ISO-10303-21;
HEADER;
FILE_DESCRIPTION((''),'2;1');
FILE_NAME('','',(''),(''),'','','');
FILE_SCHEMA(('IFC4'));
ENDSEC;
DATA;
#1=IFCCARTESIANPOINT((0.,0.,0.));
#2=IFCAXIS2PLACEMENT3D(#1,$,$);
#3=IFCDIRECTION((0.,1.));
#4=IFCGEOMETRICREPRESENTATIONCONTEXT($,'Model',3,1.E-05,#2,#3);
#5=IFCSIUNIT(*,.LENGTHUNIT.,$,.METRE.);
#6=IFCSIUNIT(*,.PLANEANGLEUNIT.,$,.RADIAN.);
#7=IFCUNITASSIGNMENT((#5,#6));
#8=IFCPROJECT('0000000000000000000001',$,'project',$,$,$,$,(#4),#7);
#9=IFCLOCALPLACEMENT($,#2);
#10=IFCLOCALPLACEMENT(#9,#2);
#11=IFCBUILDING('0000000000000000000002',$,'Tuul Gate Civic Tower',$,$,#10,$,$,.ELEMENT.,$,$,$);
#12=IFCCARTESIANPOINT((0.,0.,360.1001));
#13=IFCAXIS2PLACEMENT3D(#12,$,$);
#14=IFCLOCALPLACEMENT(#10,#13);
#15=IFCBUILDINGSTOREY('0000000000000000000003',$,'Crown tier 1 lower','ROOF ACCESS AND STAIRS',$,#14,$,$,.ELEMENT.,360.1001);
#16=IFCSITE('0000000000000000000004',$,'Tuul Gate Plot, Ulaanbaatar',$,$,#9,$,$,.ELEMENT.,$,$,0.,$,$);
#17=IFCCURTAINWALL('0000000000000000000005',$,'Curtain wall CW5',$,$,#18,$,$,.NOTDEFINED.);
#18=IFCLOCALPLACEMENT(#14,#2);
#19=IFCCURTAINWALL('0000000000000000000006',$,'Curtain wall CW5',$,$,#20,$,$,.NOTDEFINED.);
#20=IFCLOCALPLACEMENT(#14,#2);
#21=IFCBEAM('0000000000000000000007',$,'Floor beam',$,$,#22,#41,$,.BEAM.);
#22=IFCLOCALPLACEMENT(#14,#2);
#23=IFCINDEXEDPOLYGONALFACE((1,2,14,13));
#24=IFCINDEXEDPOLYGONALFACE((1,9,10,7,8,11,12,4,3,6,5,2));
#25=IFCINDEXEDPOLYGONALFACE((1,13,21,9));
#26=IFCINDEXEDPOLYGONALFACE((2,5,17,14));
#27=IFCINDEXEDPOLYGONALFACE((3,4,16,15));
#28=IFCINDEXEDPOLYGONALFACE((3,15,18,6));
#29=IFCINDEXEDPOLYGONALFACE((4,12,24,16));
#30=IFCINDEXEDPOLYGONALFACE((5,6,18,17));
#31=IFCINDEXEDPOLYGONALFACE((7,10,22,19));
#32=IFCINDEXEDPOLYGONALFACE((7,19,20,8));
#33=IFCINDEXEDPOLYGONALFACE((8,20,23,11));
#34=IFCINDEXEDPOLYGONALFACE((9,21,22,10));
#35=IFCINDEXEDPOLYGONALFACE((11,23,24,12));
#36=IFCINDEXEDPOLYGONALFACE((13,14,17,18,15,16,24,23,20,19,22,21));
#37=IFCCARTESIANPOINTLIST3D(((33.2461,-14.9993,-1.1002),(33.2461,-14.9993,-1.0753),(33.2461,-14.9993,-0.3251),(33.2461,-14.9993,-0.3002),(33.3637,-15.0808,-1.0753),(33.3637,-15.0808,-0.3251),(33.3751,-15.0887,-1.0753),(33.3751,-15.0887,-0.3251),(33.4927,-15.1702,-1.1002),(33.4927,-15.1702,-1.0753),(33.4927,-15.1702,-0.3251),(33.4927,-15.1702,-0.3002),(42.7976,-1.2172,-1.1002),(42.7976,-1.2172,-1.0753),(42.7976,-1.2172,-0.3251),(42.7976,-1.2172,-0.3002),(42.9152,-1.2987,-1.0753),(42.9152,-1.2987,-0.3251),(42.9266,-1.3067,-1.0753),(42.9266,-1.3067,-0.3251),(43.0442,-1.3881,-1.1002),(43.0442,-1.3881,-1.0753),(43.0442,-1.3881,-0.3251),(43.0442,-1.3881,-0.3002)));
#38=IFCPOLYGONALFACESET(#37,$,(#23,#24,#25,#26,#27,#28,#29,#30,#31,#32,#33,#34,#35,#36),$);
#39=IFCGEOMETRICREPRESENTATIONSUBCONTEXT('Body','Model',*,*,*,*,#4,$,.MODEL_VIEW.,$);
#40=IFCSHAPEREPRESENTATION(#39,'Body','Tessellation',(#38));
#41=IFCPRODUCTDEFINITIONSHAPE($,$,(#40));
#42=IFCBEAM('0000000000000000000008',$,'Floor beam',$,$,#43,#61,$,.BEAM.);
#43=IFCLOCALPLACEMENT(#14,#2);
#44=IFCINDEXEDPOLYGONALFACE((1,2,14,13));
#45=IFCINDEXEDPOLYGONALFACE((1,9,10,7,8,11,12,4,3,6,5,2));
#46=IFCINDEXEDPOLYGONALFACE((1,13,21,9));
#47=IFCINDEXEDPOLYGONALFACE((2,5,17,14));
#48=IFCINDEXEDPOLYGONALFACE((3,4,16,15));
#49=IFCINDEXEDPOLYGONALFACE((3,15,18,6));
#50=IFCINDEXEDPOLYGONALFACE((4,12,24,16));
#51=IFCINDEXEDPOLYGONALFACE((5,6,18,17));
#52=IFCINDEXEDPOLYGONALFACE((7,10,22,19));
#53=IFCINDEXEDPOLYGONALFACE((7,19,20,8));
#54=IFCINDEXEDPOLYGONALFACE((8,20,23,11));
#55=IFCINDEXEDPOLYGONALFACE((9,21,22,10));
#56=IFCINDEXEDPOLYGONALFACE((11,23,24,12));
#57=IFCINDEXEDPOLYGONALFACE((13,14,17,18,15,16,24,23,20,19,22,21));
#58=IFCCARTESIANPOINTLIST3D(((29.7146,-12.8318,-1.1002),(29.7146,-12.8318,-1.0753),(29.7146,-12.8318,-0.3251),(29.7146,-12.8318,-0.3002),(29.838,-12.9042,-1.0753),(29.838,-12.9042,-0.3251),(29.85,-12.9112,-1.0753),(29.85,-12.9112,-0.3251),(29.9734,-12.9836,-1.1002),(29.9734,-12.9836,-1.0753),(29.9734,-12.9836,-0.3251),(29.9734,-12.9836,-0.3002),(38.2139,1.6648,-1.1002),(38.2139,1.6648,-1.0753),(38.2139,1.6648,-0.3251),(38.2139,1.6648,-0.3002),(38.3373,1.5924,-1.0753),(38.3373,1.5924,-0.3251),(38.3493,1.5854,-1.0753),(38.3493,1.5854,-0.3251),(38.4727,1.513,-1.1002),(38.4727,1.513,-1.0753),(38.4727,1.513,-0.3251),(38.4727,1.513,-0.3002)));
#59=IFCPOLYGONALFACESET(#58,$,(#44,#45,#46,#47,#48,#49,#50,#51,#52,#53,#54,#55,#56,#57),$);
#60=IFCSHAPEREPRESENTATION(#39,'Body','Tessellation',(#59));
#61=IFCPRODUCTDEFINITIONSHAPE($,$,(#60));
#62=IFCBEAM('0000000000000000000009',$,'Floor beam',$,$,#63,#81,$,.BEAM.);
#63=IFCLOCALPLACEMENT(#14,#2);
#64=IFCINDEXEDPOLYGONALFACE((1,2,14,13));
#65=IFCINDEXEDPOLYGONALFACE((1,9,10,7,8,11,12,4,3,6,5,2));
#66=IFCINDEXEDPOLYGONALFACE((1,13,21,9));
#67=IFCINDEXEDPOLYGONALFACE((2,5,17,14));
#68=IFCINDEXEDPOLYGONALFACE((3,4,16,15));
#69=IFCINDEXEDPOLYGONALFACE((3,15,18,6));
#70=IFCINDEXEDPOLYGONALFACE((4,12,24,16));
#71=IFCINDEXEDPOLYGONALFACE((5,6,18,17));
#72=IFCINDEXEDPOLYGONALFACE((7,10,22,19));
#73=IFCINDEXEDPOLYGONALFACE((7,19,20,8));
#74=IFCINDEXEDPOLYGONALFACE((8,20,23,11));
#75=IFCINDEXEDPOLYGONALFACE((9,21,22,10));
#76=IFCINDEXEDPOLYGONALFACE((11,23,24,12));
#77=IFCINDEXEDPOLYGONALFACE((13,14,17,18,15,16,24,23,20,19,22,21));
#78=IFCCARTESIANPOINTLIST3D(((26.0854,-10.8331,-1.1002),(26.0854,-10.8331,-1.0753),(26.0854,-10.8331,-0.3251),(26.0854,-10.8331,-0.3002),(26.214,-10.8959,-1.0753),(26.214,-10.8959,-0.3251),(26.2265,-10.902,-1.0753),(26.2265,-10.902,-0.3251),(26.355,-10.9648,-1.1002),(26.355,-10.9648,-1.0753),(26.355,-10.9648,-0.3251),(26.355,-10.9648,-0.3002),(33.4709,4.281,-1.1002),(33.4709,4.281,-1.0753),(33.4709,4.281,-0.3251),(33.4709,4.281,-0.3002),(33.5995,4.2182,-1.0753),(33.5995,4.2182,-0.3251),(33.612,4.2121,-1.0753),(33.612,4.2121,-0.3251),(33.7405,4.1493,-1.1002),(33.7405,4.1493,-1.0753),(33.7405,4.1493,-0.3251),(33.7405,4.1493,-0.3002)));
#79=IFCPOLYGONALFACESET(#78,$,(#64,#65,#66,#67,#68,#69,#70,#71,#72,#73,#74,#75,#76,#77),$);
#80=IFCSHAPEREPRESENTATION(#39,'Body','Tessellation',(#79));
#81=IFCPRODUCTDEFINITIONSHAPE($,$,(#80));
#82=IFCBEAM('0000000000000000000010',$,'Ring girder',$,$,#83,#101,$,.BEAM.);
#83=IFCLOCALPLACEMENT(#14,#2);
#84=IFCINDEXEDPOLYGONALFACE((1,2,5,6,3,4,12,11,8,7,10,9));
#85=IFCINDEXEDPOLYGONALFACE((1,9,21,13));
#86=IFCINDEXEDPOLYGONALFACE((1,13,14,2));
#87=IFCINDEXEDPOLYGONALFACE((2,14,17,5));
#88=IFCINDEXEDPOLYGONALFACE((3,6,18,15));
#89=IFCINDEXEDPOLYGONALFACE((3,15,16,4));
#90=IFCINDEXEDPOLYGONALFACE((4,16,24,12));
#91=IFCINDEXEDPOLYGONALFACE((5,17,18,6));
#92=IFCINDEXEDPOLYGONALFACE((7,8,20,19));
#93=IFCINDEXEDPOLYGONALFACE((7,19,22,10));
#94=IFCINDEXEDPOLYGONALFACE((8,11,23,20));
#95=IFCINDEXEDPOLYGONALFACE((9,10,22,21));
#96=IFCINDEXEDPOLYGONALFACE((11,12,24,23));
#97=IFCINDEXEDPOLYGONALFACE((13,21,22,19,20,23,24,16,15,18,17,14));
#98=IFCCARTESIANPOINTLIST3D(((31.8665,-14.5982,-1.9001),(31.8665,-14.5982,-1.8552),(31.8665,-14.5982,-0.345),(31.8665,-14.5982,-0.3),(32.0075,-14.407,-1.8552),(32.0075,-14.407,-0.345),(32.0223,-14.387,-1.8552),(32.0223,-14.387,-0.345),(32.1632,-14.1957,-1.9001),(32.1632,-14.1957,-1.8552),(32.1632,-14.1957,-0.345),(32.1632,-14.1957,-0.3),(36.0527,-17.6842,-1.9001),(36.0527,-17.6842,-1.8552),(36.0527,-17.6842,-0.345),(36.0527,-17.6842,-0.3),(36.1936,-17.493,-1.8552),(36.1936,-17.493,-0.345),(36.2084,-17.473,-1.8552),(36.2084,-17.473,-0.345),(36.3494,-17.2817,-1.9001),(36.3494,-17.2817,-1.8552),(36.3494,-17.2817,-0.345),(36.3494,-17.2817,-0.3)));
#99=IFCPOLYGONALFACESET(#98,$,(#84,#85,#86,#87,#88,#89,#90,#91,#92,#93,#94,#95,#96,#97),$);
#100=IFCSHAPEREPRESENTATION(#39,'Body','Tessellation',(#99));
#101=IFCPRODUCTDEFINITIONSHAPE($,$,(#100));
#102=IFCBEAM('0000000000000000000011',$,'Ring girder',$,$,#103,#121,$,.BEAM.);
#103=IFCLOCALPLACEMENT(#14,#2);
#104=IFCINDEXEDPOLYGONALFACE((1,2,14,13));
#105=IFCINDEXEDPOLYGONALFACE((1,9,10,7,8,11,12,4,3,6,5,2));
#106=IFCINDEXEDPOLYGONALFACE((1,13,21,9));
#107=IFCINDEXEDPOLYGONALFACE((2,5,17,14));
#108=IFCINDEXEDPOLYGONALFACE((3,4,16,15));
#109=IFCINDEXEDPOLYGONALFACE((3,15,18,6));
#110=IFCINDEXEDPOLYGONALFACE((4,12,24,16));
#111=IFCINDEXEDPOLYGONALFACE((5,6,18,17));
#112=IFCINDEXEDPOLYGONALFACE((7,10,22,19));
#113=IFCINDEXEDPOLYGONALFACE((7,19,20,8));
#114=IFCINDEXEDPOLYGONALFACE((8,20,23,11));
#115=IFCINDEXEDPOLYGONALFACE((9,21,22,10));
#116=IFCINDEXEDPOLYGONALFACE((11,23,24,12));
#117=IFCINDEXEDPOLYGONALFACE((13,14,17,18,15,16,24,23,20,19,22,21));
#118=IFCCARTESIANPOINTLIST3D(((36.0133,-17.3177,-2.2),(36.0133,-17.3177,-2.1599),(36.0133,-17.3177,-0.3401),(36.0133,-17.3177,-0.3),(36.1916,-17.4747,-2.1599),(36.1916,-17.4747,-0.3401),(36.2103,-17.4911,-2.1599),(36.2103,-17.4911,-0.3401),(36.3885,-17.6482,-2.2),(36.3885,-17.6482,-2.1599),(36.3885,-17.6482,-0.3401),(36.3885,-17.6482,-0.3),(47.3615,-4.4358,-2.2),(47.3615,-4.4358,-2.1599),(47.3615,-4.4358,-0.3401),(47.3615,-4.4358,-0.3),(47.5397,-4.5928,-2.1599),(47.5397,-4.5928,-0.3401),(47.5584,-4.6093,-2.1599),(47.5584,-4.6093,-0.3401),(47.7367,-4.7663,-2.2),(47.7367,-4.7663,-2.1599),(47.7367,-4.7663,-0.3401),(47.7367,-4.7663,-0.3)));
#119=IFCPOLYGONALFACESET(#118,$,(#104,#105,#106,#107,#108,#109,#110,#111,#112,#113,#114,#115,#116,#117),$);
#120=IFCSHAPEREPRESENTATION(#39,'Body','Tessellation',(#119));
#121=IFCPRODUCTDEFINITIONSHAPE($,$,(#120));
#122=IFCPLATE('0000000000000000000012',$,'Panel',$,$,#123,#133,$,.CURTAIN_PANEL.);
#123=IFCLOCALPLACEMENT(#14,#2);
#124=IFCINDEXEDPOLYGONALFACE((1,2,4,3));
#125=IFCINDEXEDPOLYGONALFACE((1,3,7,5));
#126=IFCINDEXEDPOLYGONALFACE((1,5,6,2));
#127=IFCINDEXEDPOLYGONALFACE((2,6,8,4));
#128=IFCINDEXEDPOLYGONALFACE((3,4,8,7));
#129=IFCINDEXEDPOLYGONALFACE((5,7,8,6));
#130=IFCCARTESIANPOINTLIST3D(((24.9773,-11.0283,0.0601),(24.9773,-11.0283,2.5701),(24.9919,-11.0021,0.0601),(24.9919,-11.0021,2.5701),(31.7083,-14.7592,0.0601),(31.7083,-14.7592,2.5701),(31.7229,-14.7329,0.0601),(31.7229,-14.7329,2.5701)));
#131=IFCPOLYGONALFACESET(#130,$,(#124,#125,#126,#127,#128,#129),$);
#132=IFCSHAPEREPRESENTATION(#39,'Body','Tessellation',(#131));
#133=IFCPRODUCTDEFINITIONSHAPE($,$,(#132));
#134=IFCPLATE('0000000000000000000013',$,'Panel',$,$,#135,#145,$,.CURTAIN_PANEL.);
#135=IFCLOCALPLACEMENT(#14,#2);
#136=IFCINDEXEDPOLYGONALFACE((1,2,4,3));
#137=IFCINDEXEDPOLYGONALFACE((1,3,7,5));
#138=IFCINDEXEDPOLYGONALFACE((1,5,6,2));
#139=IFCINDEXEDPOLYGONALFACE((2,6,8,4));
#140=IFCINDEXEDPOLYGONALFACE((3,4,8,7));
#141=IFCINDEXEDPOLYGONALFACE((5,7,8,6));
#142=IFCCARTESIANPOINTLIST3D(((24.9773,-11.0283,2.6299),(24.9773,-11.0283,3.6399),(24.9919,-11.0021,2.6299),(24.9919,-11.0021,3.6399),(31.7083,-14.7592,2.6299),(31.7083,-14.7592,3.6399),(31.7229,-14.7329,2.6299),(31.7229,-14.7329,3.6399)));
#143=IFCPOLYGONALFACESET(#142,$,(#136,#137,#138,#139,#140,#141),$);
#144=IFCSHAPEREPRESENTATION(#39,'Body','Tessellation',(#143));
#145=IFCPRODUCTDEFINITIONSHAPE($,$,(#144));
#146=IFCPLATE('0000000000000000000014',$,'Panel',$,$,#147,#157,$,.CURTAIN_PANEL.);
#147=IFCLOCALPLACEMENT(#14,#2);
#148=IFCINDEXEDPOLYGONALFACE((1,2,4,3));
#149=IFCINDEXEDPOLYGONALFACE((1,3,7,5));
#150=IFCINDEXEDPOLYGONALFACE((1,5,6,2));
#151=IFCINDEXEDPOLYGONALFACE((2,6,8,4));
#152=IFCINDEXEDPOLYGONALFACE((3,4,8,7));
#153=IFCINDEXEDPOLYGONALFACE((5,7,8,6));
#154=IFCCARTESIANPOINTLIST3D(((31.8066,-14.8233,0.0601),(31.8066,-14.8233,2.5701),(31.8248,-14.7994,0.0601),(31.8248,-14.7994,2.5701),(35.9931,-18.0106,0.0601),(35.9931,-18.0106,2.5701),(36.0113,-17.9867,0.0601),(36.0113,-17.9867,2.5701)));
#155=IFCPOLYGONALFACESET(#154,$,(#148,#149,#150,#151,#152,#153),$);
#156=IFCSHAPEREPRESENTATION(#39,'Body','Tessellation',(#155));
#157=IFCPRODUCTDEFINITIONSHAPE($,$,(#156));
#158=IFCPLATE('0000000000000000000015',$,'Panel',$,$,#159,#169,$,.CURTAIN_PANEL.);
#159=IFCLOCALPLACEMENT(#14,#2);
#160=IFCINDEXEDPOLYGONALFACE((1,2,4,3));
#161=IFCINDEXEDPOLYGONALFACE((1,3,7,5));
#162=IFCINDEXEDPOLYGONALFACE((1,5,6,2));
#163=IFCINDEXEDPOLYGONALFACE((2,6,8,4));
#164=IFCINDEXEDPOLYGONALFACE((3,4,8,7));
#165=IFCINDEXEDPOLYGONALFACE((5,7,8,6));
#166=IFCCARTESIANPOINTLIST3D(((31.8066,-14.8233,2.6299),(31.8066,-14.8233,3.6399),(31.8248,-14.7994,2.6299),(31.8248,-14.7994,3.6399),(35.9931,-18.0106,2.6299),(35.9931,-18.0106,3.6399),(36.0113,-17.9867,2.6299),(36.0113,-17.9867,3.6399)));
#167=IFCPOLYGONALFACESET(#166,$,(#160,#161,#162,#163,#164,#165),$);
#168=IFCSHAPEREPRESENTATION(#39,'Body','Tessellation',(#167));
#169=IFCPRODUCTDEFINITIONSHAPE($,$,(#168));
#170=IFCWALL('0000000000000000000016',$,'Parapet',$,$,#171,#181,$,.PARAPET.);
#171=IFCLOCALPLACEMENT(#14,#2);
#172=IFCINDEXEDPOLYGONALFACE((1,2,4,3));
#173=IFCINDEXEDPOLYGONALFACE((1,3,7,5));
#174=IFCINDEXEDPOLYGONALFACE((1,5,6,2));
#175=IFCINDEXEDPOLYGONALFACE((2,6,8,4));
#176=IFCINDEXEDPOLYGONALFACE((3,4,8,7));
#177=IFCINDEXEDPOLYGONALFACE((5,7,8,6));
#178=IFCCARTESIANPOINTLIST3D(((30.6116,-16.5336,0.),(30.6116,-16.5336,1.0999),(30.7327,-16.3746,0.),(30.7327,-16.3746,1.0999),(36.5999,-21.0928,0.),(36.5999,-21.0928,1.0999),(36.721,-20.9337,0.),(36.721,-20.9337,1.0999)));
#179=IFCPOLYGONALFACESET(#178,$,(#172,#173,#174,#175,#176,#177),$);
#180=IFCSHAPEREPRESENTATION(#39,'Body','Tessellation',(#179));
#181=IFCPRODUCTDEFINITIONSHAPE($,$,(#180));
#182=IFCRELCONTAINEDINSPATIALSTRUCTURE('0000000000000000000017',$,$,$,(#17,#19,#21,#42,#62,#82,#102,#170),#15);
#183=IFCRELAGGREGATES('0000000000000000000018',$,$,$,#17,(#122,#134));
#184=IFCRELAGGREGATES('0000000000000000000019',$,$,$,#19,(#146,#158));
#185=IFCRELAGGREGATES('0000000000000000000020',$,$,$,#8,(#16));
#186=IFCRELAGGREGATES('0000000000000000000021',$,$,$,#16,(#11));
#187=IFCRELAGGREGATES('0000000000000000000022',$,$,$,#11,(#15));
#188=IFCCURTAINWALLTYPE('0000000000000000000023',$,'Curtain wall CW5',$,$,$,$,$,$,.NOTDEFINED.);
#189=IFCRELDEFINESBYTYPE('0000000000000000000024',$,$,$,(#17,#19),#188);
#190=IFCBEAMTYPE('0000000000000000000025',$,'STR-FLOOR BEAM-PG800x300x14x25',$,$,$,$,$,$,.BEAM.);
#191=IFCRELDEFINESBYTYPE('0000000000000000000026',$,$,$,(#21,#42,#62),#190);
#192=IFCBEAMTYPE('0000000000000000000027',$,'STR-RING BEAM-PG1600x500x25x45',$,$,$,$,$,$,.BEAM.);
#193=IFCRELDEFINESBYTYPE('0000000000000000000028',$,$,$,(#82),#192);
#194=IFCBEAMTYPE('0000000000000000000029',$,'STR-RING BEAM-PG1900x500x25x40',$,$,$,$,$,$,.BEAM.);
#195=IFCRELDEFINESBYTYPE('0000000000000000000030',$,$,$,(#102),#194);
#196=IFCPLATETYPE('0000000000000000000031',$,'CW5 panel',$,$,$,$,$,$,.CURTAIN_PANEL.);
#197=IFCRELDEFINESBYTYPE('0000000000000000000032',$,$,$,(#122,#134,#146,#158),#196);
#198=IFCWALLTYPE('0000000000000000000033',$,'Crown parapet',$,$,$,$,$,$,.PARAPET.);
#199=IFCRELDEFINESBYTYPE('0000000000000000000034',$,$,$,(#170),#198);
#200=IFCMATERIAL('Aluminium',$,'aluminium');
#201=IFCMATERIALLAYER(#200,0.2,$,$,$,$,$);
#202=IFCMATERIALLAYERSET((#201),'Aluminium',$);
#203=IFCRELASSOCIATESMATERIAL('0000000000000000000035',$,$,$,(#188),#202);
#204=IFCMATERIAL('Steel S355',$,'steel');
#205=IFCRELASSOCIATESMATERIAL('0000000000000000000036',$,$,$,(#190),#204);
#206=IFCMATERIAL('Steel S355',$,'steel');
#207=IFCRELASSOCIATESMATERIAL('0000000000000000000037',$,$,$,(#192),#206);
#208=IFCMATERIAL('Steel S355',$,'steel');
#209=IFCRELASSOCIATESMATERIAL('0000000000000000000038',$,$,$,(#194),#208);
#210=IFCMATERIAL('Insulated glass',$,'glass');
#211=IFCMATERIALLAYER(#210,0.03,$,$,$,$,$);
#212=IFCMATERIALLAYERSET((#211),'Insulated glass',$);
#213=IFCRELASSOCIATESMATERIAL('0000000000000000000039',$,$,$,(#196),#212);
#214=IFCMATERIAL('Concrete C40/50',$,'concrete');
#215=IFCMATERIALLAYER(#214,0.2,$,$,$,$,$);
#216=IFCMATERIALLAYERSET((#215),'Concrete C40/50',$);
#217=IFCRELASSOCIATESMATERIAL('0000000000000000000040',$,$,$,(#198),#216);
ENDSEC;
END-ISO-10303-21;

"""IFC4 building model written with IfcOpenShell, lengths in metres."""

from ifc_helpers import new_model, si_unit, direction, frame, frame_2d, origin, origin_2d, place, context, subcontext, project, spatial, rectangle, i_section, extrude, material, layer, layer_set, material_profile, profile_set, type_object, element, aggregate, save


model = new_model("IFC4")

# Units and contexts
model_context = context("Model", 3, precision=1e-05, world=origin(), true_north=direction((0.0, 1.0)))
body_context = subcontext(model_context, "Body", "Model", "MODEL_VIEW")
ifc_project = project(units=[si_unit("LENGTHUNIT", "METRE"), si_unit("PLANEANGLEUNIT", "RADIAN")], contexts=[model_context])

# Site, building, storey
site_placement = place(None, origin())
site = spatial("IfcSite", under=ifc_project, at=site_placement, Name="Tuul Gate Plot, Ulaanbaatar", CompositionType="ELEMENT", RefElevation=0.0)
building_placement = place(site_placement, origin())
building = spatial("IfcBuilding", under=site, at=building_placement, Name="Tuul Gate Civic Tower", CompositionType="ELEMENT")
storey_placement = place(building_placement, frame((0.0, 0.0, 360.1001)))
storey = spatial("IfcBuildingStorey", under=building, at=storey_placement, Name="Crown tier 1 lower", Description="ROOF ACCESS AND STAIRS", CompositionType="ELEMENT", Elevation=360.1001)

# Curtain wall
ifc_material_1 = material(Name="Aluminium", Category="aluminium")
ifc_layer_1 = layer(ifc_material_1, 0.2)
ifc_layer_set_1 = layer_set([ifc_layer_1], Name="Aluminium")
curtain_wall_type = type_object("IfcCurtainWallType", Name="Curtain wall CW5", PredefinedType="NOTDEFINED", material=ifc_layer_set_1)
curtain_wall_1_placement = place(storey_placement, origin())
curtain_wall_1 = element("IfcCurtainWall", 1, at=curtain_wall_1_placement, inside=storey, type_object=curtain_wall_type, Name="Curtain wall CW5", PredefinedType="NOTDEFINED")

# Curtain wall
curtain_wall_2_placement = place(storey_placement, origin())
curtain_wall_2 = element("IfcCurtainWall", 2, at=curtain_wall_2_placement, inside=storey, type_object=curtain_wall_type, Name="Curtain wall CW5", PredefinedType="NOTDEFINED")

# Beams
ifc_material_2 = material(Name="Steel S355", Category="steel")
ifc_material_profile_1 = material_profile(ifc_material_2, i_section(OverallWidth=0.3, OverallDepth=0.8, WebThickness=0.0139, FlangeThickness=0.0249, at=origin_2d()), Name="PG800x300x14x25")
ifc_profile_set_1 = profile_set([ifc_material_profile_1], Name="Steel S355")
beam_type_1 = type_object("IfcBeamType", Name="STR-FLOOR BEAM-PG800x300x14x25", PredefinedType="BEAM", material=ifc_profile_set_1)
beam_1_placement = place(storey_placement, frame((33.3694, -15.0847, -0.7002), z_axis=(0.569619, 0.821909, 0.0), x_axis=(-0.821909, 0.569619, 0.0)))
element("IfcBeam", 3, at=beam_1_placement, inside=storey, type_object=beam_type_1, Name="Floor beam", PredefinedType="BEAM", context=body_context, shape_type="SweptSolid", body=[
    extrude(i_section(OverallWidth=0.3, OverallDepth=0.8, WebThickness=0.0139, FlangeThickness=0.0249, at=origin_2d()), origin(), (0.0, 0.0, 1.0), 16.7683),
])
beam_2_placement = place(storey_placement, frame((29.844, -12.9077, -0.7002), z_axis=(0.505776, 0.862665, 0.0), x_axis=(-0.862665, 0.505776, 0.0)))
element("IfcBeam", 4, at=beam_2_placement, inside=storey, type_object=beam_type_1, Name="Floor beam", PredefinedType="BEAM", context=body_context, shape_type="SweptSolid", body=[
    extrude(i_section(OverallWidth=0.3, OverallDepth=0.8, WebThickness=0.0139, FlangeThickness=0.0249, at=origin_2d()), origin(), (0.0, 0.0, 1.0), 16.8044),
])
beam_3_placement = place(storey_placement, frame((26.2202, -10.8989, -0.7002), z_axis=(0.439039, 0.898468, 0.0), x_axis=(-0.898468, 0.439039, 0.0)))
element("IfcBeam", 5, at=beam_3_placement, inside=storey, type_object=beam_type_1, Name="Floor beam", PredefinedType="BEAM", context=body_context, shape_type="SweptSolid", body=[
    extrude(i_section(OverallWidth=0.3, OverallDepth=0.8, WebThickness=0.0139, FlangeThickness=0.0249, at=origin_2d()), origin(), (0.0, 0.0, 1.0), 16.822),
])
ifc_material_3 = material(Name="Steel S355", Category="steel")
ifc_material_profile_2 = material_profile(ifc_material_3, i_section(OverallWidth=0.5, OverallDepth=1.6001, WebThickness=0.0249, FlangeThickness=0.0449, at=origin_2d()), Name="PG1600x500x25x45")
ifc_profile_set_2 = profile_set([ifc_material_profile_2], Name="Steel S355")
beam_type_2 = type_object("IfcBeamType", Name="STR-RING BEAM-PG1600x500x25x45", PredefinedType="BEAM", material=ifc_profile_set_2)
beam_4_placement = place(storey_placement, frame((32.0149, -14.397, -1.1001), z_axis=(0.804919, -0.593385, 0.0), x_axis=(0.593385, 0.804919, 0.0)))
element("IfcBeam", 6, at=beam_4_placement, inside=storey, type_object=beam_type_2, Name="Ring girder", PredefinedType="BEAM", context=body_context, shape_type="SweptSolid", body=[
    extrude(i_section(OverallWidth=0.5, OverallDepth=1.6001, WebThickness=0.0249, FlangeThickness=0.0449, at=origin_2d()), origin(), (0.0, 0.0, 1.0), 5.2007),
])
ifc_material_4 = material(Name="Steel S355", Category="steel")
ifc_material_profile_3 = material_profile(ifc_material_4, i_section(OverallWidth=0.5, OverallDepth=1.8999, WebThickness=0.0249, FlangeThickness=0.04, at=origin_2d()), Name="PG1900x500x25x40")
ifc_profile_set_3 = profile_set([ifc_material_profile_3], Name="Steel S355")
beam_type_3 = type_object("IfcBeamType", Name="STR-RING BEAM-PG1900x500x25x40", PredefinedType="BEAM", material=ifc_profile_set_3)
beam_5_placement = place(storey_placement, frame((36.2009, -17.4829, -1.25), z_axis=(0.661026, 0.750363, 0.0), x_axis=(-0.750363, 0.661026, 0.0)))
element("IfcBeam", 7, at=beam_5_placement, inside=storey, type_object=beam_type_3, Name="Ring girder", PredefinedType="BEAM", context=body_context, shape_type="SweptSolid", body=[
    extrude(i_section(OverallWidth=0.5, OverallDepth=1.8999, WebThickness=0.0249, FlangeThickness=0.04, at=origin_2d()), origin(), (0.0, 0.0, 1.0), 17.1675),
])

# Plates
ifc_material_5 = material(Name="Insulated glass", Category="glass")
ifc_layer_2 = layer(ifc_material_5, 0.03)
ifc_layer_set_2 = layer_set([ifc_layer_2], Name="Insulated glass")
plate_type = type_object("IfcPlateType", Name="CW5 panel", PredefinedType="CURTAIN_PANEL", material=ifc_layer_set_2)
plate_1_placement = place(storey_placement, frame((28.3501, -12.8806, 0.0601), z_axis=(0.0, 0.0, 1.0), x_axis=(0.874634, -0.484784, 0.0)))
plate_1 = element("IfcPlate", 8, at=plate_1_placement, type_object=plate_type, Name="Panel", PredefinedType="CURTAIN_PANEL", context=body_context, shape_type="SweptSolid", body=[
    extrude(rectangle(XDim=7.6958, YDim=0.03, at=origin_2d()), origin(), (0.0, 0.0, 1.0), 2.51),
])
plate_2_placement = place(storey_placement, frame((28.3501, -12.8806, 2.6299), z_axis=(0.0, 0.0, 1.0), x_axis=(0.874634, -0.484784, 0.0)))
plate_2 = element("IfcPlate", 9, at=plate_2_placement, type_object=plate_type, Name="Panel", PredefinedType="CURTAIN_PANEL", context=body_context, shape_type="SweptSolid", body=[
    extrude(rectangle(XDim=7.6958, YDim=0.03, at=origin_2d()), origin(), (0.0, 0.0, 1.0), 1.01),
])
aggregate(curtain_wall_1, [plate_1, plate_2])
plate_3_placement = place(storey_placement, frame((33.9089, -16.405, 0.0601), z_axis=(0.0, 0.0, 1.0), x_axis=(0.795653, -0.605752, 0.0)))
plate_3 = element("IfcPlate", 10, at=plate_3_placement, type_object=plate_type, Name="Panel", PredefinedType="CURTAIN_PANEL", context=body_context, shape_type="SweptSolid", body=[
    extrude(rectangle(XDim=5.2617, YDim=0.03, at=origin_2d()), origin(), (0.0, 0.0, 1.0), 2.51),
])
plate_4_placement = place(storey_placement, frame((33.9089, -16.405, 2.6299), z_axis=(0.0, 0.0, 1.0), x_axis=(0.795653, -0.605752, 0.0)))
plate_4 = element("IfcPlate", 11, at=plate_4_placement, type_object=plate_type, Name="Panel", PredefinedType="CURTAIN_PANEL", context=body_context, shape_type="SweptSolid", body=[
    extrude(rectangle(XDim=5.2617, YDim=0.03, at=origin_2d()), origin(), (0.0, 0.0, 1.0), 1.01),
])
aggregate(curtain_wall_2, [plate_3, plate_4])

# Wall
ifc_material_6 = material(Name="Concrete C40/50", Category="concrete")
ifc_layer_3 = layer(ifc_material_6, 0.2)
ifc_layer_set_3 = layer_set([ifc_layer_3], Name="Concrete C40/50")
wall_type_1 = type_object("IfcWallType", Name="Crown parapet", PredefinedType="PARAPET", material=ifc_layer_set_3)
wall_1_placement = place(storey_placement, frame((30.6721, -16.4541, 0.0), z_axis=(0.0, 0.0, 1.0), x_axis=(0.795651, -0.605756, 0.0)))
element("IfcWall", 12, at=wall_1_placement, inside=storey, type_object=wall_type_1, Name="Parapet", PredefinedType="PARAPET", context=body_context, shape_type="SweptSolid", body=[
    extrude(rectangle(XDim=7.5264, YDim=0.2, at=frame_2d((3.7632, 0.0))), origin(), (0.0, 0.0, 1.0), 1.0999),
])

save(model, "model.ifc")
